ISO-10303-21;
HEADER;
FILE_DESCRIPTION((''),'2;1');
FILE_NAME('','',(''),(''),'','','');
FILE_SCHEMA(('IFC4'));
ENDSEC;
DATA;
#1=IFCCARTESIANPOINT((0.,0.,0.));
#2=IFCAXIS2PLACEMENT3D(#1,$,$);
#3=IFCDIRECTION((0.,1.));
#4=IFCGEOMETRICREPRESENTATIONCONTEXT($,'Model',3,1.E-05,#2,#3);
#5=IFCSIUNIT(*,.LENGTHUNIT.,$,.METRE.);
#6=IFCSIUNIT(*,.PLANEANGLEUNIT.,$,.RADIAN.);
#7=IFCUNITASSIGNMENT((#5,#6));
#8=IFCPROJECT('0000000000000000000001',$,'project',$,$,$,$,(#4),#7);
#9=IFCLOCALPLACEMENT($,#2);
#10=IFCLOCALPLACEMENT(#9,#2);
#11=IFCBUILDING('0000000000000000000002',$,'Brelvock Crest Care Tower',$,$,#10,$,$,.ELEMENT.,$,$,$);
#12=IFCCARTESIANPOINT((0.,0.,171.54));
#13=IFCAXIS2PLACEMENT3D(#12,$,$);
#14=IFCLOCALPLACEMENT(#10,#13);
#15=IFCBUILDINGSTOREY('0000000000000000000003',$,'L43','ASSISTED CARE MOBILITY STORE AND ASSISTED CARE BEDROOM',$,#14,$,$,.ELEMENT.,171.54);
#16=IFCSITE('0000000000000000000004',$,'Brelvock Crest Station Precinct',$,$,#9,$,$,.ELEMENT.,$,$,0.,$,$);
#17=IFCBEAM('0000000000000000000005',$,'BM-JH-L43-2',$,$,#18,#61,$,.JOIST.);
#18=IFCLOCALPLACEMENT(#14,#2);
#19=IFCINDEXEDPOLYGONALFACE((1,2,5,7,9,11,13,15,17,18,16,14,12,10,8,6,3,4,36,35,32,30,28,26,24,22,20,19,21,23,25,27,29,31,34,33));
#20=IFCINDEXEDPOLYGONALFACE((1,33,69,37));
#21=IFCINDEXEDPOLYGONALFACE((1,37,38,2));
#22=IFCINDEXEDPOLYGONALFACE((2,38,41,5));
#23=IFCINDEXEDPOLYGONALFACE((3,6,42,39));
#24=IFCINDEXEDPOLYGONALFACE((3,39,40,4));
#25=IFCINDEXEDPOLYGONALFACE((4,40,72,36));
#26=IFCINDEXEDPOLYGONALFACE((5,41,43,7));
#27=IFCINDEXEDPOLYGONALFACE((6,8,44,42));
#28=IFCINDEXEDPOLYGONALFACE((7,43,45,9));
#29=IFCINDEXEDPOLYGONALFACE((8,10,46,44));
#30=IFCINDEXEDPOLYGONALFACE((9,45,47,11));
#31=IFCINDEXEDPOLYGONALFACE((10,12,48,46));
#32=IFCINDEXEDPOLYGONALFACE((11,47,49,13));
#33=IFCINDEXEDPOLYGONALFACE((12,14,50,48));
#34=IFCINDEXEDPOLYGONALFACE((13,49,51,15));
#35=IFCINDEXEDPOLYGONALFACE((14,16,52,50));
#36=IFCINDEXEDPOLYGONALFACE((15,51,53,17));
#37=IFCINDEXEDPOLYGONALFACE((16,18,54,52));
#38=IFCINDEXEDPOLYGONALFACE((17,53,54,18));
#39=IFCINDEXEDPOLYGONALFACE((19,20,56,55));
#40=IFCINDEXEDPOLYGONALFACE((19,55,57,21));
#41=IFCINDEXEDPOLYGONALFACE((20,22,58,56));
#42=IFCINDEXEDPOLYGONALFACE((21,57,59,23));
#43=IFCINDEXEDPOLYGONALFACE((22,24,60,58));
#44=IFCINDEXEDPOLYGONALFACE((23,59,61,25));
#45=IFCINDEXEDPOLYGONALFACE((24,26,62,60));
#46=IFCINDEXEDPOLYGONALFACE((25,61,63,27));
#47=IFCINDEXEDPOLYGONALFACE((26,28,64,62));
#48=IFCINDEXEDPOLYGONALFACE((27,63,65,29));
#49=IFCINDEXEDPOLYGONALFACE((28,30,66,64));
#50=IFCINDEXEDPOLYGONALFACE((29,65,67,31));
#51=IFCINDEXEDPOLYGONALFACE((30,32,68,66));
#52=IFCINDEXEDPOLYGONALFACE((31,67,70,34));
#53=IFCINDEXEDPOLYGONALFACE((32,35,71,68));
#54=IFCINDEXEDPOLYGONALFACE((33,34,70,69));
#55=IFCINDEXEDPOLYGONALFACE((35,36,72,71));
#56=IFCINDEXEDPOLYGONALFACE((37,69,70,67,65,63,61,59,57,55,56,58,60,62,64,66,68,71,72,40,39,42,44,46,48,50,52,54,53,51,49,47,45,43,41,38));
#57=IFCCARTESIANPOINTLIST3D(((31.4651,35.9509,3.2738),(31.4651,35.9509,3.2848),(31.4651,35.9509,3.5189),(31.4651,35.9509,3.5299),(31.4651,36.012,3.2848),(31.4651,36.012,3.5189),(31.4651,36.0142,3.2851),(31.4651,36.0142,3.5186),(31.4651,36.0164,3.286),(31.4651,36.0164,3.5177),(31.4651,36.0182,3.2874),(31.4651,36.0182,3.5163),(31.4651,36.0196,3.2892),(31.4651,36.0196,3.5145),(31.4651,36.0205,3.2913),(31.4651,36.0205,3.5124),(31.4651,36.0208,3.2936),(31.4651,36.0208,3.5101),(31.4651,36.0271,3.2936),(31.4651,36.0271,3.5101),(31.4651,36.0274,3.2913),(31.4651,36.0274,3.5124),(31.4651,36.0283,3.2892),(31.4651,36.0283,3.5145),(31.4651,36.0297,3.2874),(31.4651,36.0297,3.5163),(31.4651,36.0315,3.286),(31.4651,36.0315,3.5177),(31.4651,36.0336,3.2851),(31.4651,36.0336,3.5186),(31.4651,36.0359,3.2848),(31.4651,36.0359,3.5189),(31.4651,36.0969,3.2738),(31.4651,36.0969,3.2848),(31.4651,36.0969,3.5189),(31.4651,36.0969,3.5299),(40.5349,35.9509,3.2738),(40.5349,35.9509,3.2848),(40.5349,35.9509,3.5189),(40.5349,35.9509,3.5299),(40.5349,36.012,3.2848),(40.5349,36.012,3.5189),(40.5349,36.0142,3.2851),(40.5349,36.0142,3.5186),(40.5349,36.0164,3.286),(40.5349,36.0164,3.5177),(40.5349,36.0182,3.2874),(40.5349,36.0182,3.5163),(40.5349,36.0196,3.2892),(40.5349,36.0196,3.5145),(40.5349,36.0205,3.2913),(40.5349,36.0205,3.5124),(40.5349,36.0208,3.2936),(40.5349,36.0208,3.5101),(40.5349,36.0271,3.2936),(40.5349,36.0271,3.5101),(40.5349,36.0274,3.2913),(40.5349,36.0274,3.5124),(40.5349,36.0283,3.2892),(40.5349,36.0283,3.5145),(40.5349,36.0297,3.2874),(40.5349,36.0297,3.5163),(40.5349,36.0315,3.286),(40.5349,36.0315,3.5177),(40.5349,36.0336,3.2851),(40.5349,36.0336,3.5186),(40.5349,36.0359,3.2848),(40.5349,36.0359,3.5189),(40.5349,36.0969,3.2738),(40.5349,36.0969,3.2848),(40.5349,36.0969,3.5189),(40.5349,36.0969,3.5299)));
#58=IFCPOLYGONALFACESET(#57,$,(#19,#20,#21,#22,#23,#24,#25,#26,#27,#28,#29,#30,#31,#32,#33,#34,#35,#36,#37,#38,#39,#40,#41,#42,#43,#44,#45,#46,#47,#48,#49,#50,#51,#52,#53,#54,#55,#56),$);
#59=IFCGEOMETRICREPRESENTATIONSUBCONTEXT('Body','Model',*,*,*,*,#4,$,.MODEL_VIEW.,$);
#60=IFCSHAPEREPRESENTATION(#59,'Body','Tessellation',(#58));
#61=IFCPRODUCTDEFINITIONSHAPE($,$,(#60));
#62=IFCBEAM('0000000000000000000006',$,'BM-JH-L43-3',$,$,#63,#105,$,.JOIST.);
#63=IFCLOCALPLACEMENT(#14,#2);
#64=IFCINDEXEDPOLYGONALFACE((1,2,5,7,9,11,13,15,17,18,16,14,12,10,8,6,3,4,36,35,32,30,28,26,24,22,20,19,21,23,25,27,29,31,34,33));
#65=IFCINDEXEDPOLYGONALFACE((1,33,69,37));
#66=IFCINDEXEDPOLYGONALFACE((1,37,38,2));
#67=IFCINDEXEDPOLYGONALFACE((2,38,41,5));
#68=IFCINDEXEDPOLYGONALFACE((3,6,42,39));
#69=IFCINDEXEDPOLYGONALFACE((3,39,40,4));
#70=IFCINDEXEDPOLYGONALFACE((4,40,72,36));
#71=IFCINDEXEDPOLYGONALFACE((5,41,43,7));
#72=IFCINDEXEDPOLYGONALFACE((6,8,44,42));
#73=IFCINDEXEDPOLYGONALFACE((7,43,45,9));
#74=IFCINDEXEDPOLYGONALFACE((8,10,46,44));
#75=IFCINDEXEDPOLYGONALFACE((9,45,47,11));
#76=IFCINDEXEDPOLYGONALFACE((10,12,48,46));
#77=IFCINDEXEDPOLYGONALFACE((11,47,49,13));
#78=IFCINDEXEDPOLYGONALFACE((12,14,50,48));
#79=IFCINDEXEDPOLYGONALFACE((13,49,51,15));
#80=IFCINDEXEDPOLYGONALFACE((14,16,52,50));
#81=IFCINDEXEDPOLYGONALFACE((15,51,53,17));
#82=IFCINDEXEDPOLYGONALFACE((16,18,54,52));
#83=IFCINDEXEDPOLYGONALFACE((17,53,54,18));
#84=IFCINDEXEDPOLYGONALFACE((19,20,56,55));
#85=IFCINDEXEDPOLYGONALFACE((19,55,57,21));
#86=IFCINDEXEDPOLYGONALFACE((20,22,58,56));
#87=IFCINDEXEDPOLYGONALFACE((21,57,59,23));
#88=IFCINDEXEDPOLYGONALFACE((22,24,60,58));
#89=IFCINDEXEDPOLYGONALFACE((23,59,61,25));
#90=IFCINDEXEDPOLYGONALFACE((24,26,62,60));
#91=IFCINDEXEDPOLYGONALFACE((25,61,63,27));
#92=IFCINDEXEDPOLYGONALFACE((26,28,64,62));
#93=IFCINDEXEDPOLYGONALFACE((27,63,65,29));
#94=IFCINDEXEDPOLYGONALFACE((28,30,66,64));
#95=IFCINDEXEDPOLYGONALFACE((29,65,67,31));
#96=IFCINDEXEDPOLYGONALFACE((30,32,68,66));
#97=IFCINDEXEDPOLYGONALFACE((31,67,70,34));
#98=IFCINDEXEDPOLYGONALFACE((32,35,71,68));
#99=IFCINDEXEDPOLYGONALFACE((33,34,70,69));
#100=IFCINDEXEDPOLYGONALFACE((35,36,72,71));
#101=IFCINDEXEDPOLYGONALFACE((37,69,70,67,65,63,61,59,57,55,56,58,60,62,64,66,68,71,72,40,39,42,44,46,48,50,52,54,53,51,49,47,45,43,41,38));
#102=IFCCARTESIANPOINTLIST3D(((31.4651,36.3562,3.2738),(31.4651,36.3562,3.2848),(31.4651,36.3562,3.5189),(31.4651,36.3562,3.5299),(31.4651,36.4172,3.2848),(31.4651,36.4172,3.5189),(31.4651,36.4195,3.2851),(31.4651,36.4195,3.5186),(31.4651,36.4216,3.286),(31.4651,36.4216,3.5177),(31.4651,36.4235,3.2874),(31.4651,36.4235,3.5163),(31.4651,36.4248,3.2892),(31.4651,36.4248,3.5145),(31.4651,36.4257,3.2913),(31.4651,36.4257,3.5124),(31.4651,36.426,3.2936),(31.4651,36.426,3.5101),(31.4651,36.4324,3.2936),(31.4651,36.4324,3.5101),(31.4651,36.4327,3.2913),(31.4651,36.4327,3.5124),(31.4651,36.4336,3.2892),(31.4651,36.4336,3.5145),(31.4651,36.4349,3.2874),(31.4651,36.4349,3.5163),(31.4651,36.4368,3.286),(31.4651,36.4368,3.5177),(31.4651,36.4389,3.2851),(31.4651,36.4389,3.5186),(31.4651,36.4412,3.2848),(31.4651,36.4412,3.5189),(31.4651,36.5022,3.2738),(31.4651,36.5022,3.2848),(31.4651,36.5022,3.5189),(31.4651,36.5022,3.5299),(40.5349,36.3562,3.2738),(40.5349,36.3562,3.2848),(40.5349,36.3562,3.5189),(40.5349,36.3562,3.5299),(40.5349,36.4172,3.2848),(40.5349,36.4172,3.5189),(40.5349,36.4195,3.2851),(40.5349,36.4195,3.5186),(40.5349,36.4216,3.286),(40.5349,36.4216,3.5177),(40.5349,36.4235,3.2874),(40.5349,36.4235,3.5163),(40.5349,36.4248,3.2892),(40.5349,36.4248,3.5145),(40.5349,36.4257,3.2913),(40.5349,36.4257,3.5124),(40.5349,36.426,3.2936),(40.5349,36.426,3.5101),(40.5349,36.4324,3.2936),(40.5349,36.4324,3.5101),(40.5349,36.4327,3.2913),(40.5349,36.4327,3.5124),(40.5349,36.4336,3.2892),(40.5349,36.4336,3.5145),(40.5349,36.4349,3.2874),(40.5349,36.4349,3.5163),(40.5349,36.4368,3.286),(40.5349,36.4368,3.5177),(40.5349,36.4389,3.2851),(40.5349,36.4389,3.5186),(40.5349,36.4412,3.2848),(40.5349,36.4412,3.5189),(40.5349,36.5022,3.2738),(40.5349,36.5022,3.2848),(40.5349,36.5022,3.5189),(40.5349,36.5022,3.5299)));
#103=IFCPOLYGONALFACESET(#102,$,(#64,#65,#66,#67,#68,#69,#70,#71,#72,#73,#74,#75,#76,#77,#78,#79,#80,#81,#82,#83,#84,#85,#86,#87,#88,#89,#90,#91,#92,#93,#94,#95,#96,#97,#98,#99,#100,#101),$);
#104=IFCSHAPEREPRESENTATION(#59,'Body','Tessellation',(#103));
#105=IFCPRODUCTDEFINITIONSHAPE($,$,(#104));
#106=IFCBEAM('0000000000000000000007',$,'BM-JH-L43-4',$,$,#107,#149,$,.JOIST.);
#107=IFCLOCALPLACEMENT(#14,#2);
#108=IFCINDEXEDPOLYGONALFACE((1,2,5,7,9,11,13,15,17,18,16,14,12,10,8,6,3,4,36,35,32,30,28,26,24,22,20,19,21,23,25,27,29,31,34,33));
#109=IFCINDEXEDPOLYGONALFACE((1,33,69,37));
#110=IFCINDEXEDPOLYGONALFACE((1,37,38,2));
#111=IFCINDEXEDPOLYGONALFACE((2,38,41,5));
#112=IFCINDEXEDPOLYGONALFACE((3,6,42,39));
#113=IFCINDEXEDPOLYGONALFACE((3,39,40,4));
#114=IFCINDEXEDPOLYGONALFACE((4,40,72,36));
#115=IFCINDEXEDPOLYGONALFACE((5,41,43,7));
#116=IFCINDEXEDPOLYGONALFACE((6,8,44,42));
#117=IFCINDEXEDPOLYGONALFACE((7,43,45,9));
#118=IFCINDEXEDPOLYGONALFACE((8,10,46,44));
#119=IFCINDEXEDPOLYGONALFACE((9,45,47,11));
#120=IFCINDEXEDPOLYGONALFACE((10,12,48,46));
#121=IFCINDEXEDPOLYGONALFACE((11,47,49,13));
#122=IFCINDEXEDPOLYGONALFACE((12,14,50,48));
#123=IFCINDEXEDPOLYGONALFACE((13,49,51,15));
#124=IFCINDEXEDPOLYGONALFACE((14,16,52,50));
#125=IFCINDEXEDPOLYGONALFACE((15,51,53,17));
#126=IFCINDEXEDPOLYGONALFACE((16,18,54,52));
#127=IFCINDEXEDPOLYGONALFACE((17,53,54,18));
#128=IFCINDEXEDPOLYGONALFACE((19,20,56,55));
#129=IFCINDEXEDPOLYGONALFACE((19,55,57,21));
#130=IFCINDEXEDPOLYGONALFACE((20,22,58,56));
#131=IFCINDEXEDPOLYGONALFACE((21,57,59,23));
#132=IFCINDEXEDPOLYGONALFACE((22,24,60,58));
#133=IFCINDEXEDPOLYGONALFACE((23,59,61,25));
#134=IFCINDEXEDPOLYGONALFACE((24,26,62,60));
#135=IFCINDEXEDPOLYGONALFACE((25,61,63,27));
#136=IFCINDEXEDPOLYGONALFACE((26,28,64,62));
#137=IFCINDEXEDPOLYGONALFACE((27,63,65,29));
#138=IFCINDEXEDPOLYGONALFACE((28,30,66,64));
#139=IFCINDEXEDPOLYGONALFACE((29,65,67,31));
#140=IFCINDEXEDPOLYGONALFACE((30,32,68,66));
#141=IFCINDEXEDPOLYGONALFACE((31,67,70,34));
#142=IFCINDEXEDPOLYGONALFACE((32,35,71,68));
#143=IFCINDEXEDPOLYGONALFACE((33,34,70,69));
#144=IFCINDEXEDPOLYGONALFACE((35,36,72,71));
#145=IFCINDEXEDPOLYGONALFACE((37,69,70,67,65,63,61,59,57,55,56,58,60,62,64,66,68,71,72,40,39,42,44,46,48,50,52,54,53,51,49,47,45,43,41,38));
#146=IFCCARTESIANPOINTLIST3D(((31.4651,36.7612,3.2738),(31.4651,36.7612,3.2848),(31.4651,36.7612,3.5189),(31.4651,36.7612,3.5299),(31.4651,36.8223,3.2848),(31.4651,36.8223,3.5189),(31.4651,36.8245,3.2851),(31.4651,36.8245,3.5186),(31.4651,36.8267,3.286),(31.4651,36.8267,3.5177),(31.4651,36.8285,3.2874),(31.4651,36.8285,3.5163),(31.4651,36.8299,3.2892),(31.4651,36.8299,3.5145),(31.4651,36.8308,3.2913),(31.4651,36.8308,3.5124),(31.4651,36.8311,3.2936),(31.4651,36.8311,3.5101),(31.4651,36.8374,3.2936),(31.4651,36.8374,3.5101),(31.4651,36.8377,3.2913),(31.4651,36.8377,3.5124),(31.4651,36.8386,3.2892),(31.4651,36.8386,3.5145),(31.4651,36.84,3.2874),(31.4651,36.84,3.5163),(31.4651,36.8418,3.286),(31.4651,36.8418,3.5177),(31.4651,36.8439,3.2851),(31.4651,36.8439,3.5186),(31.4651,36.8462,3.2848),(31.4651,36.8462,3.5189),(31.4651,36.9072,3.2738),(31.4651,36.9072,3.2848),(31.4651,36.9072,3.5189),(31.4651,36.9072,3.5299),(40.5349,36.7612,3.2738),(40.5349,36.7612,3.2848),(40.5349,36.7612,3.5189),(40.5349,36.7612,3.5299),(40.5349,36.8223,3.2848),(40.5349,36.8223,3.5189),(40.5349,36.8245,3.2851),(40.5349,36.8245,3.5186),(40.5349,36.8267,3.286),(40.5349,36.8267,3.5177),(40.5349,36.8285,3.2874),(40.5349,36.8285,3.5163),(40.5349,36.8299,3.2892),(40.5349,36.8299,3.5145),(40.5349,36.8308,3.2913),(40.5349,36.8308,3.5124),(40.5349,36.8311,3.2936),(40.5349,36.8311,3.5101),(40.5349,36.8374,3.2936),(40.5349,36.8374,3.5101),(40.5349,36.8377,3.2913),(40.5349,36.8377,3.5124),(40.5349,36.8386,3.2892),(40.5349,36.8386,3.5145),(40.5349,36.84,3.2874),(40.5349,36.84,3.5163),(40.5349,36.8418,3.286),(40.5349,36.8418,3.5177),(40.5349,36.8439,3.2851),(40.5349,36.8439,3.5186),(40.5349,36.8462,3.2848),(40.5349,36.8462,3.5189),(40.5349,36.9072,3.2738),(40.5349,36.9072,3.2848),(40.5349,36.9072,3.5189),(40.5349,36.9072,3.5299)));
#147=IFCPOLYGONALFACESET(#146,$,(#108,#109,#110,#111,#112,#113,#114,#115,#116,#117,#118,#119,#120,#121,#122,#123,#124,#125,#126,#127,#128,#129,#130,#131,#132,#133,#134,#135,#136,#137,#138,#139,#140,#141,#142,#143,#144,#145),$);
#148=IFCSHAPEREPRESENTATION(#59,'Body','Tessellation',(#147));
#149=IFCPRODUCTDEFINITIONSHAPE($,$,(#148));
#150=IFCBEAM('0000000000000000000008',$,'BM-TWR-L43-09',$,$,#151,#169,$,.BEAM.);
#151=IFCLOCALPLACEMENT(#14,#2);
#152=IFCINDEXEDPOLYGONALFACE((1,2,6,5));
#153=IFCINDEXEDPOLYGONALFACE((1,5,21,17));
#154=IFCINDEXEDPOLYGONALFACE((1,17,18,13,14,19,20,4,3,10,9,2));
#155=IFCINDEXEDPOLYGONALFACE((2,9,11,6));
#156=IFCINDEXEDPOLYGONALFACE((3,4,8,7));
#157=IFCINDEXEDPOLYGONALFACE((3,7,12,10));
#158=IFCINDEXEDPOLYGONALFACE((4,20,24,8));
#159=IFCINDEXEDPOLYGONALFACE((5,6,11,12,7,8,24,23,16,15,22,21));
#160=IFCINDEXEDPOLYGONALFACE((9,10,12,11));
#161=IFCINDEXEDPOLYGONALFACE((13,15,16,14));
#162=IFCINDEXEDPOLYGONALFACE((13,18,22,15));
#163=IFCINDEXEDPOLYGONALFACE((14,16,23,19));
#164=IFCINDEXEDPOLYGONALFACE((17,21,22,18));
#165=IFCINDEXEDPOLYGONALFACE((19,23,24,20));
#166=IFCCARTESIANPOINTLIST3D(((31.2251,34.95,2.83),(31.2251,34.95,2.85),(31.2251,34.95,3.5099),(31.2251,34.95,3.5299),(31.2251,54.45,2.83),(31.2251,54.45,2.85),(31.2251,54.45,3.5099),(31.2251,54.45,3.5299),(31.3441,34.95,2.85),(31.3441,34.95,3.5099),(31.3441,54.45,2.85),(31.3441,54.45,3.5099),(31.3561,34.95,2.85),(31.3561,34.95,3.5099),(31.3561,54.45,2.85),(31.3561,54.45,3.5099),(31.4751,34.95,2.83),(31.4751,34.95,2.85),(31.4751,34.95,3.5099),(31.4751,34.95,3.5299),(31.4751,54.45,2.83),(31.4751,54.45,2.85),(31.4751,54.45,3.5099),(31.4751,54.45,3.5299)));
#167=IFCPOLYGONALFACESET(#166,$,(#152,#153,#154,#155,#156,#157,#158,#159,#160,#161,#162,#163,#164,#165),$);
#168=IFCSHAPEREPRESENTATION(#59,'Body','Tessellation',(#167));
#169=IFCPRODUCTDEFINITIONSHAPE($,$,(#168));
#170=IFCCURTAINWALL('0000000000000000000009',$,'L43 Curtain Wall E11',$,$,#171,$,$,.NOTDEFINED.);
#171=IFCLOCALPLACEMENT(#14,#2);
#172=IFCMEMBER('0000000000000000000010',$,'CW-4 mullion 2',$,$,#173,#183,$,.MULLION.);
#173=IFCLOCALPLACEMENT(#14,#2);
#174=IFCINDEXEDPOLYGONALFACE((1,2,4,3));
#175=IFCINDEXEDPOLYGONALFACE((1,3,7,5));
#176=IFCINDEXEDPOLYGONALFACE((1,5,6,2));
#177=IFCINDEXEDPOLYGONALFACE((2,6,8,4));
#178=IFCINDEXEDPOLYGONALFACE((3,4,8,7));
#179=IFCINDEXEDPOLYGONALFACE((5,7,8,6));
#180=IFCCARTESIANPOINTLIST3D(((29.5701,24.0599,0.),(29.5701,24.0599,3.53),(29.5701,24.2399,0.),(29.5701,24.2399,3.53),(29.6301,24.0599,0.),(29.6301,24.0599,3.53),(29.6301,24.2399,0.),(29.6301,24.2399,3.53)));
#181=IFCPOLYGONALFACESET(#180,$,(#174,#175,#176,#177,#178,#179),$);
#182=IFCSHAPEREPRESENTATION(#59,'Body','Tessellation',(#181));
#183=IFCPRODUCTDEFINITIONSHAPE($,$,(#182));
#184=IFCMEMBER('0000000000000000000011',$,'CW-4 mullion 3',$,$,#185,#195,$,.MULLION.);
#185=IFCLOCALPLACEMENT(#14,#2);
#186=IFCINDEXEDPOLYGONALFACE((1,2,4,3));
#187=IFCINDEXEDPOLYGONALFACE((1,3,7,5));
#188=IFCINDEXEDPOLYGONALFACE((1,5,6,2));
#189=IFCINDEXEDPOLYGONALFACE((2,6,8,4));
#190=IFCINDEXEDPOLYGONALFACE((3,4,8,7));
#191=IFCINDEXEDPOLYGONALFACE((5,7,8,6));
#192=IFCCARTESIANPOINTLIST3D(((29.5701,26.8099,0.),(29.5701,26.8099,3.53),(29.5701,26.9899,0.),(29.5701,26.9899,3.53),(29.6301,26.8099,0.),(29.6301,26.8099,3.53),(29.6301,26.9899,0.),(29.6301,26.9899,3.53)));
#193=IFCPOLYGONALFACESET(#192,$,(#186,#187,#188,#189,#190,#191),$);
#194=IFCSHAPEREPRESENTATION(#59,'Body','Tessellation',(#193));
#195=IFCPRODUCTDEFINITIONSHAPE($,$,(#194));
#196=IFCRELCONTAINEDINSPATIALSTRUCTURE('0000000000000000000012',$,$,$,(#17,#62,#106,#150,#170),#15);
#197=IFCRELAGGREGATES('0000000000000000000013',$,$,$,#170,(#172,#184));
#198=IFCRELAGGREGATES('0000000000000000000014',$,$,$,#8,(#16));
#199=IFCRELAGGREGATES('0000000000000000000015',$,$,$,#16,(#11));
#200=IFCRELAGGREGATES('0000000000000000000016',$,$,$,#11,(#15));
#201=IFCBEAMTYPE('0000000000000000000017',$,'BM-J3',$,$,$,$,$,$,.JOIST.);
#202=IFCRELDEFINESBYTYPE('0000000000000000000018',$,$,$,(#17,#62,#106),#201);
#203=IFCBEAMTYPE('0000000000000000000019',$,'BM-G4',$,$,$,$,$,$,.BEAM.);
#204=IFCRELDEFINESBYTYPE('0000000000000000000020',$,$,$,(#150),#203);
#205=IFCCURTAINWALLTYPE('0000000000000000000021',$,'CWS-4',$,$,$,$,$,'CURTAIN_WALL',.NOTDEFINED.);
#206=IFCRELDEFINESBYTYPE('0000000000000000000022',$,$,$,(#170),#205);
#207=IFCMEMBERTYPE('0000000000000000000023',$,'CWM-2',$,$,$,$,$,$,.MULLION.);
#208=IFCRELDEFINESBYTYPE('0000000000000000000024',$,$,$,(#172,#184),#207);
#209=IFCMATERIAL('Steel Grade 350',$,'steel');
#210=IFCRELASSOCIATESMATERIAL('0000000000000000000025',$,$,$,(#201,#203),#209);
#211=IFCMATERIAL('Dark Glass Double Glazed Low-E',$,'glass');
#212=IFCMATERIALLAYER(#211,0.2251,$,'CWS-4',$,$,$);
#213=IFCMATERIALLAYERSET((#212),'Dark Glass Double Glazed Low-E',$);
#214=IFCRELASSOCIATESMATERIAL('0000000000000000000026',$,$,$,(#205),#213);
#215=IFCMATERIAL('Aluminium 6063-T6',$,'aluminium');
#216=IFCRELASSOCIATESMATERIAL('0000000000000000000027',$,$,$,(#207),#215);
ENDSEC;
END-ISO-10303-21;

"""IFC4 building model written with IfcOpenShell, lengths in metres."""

from ifc_helpers import new_model, si_unit, direction, frame, origin, origin_2d, place, context, subcontext, project, spatial, rectangle, i_section, extrude, source, transform, mapped, material, layer, layer_set, material_profile, profile_set, type_object, element, aggregate, save


model = new_model("IFC4")

# Units and contexts
model_context = context("Model", 3, precision=1e-05, world=origin(), true_north=direction((0.0, 1.0)))
body_context = subcontext(model_context, "Body", "Model", "MODEL_VIEW")
ifc_project = project(units=[si_unit("LENGTHUNIT", "METRE"), si_unit("PLANEANGLEUNIT", "RADIAN")], contexts=[model_context])

# Site, building, storey
site_placement = place(None, origin())
site = spatial("IfcSite", under=ifc_project, at=site_placement, Name="Brelvock Crest Station Precinct", CompositionType="ELEMENT", RefElevation=0.0)
building_placement = place(site_placement, origin())
building = spatial("IfcBuilding", under=site, at=building_placement, Name="Brelvock Crest Care Tower", CompositionType="ELEMENT")
storey_placement = place(building_placement, frame((0.0, 0.0, 171.54)))
storey = spatial("IfcBuildingStorey", under=building, at=storey_placement, Name="L43", Description="ASSISTED CARE MOBILITY STORE AND ASSISTED CARE BEDROOM", CompositionType="ELEMENT", Elevation=171.54)

# Shared definitions
ifc_material_1 = material(Name="Steel Grade 350", Category="steel")

# Beams
ifc_material_profile_1 = material_profile(ifc_material_1, i_section(OverallWidth=0.146, OverallDepth=0.2561, WebThickness=0.0063, FlangeThickness=0.011, FilletRadius=0.0088, at=origin_2d()), Name="250UB37.3")
ifc_profile_set_1 = profile_set([ifc_material_profile_1], Name="Steel Grade 350")
beam_type_1 = type_object("IfcBeamType", Name="BM-J3", PredefinedType="JOIST", material=ifc_profile_set_1)
shared_shape_1 = source(origin(), body_context, "Body", "SweptSolid", [
    extrude(i_section(OverallWidth=0.146, OverallDepth=0.2561, WebThickness=0.0063, FlangeThickness=0.011, FilletRadius=0.0088, at=origin_2d()), origin(), (0.0, 0.0, 1.0), 9.0698),
])
for number, where, z_axis, x_axis, name in (
    (1, (31.4651, 36.0239, 3.4019), (1.0, 0.0, 0.0), (0.0, 1.0, 0.0), "BM-JH-L43-2"),
    (2, (31.4651, 36.4292, 3.4019), (1.0, 0.0, 0.0), (0.0, 1.0, 0.0), "BM-JH-L43-3"),
    (3, (31.4651, 36.8342, 3.4019), (1.0, 0.0, 0.0), (0.0, 1.0, 0.0), "BM-JH-L43-4"),
):
    element("IfcBeam", number, at=place(storey_placement, frame(where, z_axis=z_axis, x_axis=x_axis)), inside=storey, type_object=beam_type_1, Name=name, PredefinedType="JOIST", context=body_context, shape_type="MappedRepresentation", body=[
        mapped(shared_shape_1, transform((0.0, 0.0, 0.0), x_axis=(1.0, 0.0, 0.0), y_axis=(0.0, 1.0, 0.0), z_axis=(0.0, 0.0, 1.0), scale=1.0)),
    ])
ifc_material_profile_2 = material_profile(ifc_material_1, i_section(OverallWidth=0.25, OverallDepth=0.7, WebThickness=0.012, FlangeThickness=0.02, at=origin_2d()), Name="700WB150")
ifc_profile_set_2 = profile_set([ifc_material_profile_2], Name="Steel Grade 350")
beam_type_2 = type_object("IfcBeamType", Name="BM-G4", PredefinedType="BEAM", material=ifc_profile_set_2)
shared_shape_2 = source(origin(), body_context, "Body", "SweptSolid", [
    extrude(i_section(OverallWidth=0.25, OverallDepth=0.7, WebThickness=0.012, FlangeThickness=0.02, at=origin_2d()), origin(), (0.0, 0.0, 1.0), 19.5),
])
beam_1_placement = place(storey_placement, frame((31.3501, 34.95, 3.1799), z_axis=(0.0, 1.0, 0.0), x_axis=(-1.0, 0.0, 0.0)))
element("IfcBeam", 4, at=beam_1_placement, inside=storey, type_object=beam_type_2, Name="BM-TWR-L43-09", PredefinedType="BEAM", context=body_context, shape_type="MappedRepresentation", body=[
    mapped(shared_shape_2, transform((0.0, 0.0, 0.0), x_axis=(1.0, 0.0, 0.0), y_axis=(0.0, 1.0, 0.0), z_axis=(0.0, 0.0, 1.0), scale=1.0)),
])

# Curtain wall, members
ifc_material_2 = material(Name="Dark Glass Double Glazed Low-E", Category="glass")
ifc_layer_1 = layer(ifc_material_2, 0.2251, Name="CWS-4")
ifc_layer_set_1 = layer_set([ifc_layer_1], Name="Dark Glass Double Glazed Low-E")
curtain_wall_type = type_object("IfcCurtainWallType", Name="CWS-4", ElementType="CURTAIN_WALL", PredefinedType="NOTDEFINED", material=ifc_layer_set_1)
curtain_wall_1_placement = place(storey_placement, origin())
curtain_wall_1 = element("IfcCurtainWall", 5, at=curtain_wall_1_placement, inside=storey, type_object=curtain_wall_type, Name="L43 Curtain Wall E11", PredefinedType="NOTDEFINED")
ifc_material_3 = material(Name="Aluminium 6063-T6", Category="aluminium")
ifc_material_profile_3 = material_profile(ifc_material_3, rectangle(XDim=0.0601, YDim=0.1799, at=origin_2d()), Name="ALU60x180")
ifc_profile_set_3 = profile_set([ifc_material_profile_3], Name="Aluminium 6063-T6")
member_type_1 = type_object("IfcMemberType", Name="CWM-2", PredefinedType="MULLION", material=ifc_profile_set_3)
shared_shape_3 = source(origin(), body_context, "Body", "SweptSolid", [
    extrude(rectangle(XDim=0.0601, YDim=0.1799, at=origin_2d()), origin(), (0.0, 0.0, 1.0), 3.53),
])
member_1_placement = place(storey_placement, frame((29.6001, 24.1499, 0.0), z_axis=(0.0, 0.0, 1.0), x_axis=(-1.0, 0.0, 0.0)))
member_1 = element("IfcMember", 6, at=member_1_placement, type_object=member_type_1, Name="CW-4 mullion 2", PredefinedType="MULLION", context=body_context, shape_type="MappedRepresentation", body=[
    mapped(shared_shape_3, transform((0.0, 0.0, 0.0), x_axis=(1.0, 0.0, 0.0), y_axis=(0.0, 1.0, 0.0), z_axis=(0.0, 0.0, 1.0), scale=1.0)),
])
member_2_placement = place(storey_placement, frame((29.6001, 26.8999, 0.0), z_axis=(0.0, 0.0, 1.0), x_axis=(-1.0, 0.0, 0.0)))
member_2 = element("IfcMember", 7, at=member_2_placement, type_object=member_type_1, Name="CW-4 mullion 3", PredefinedType="MULLION", context=body_context, shape_type="MappedRepresentation", body=[
    mapped(shared_shape_3, transform((0.0, 0.0, 0.0), x_axis=(1.0, 0.0, 0.0), y_axis=(0.0, 1.0, 0.0), z_axis=(0.0, 0.0, 1.0), scale=1.0)),
])

aggregate(curtain_wall_1, [member_1, member_2])

save(model, "model.ifc")
